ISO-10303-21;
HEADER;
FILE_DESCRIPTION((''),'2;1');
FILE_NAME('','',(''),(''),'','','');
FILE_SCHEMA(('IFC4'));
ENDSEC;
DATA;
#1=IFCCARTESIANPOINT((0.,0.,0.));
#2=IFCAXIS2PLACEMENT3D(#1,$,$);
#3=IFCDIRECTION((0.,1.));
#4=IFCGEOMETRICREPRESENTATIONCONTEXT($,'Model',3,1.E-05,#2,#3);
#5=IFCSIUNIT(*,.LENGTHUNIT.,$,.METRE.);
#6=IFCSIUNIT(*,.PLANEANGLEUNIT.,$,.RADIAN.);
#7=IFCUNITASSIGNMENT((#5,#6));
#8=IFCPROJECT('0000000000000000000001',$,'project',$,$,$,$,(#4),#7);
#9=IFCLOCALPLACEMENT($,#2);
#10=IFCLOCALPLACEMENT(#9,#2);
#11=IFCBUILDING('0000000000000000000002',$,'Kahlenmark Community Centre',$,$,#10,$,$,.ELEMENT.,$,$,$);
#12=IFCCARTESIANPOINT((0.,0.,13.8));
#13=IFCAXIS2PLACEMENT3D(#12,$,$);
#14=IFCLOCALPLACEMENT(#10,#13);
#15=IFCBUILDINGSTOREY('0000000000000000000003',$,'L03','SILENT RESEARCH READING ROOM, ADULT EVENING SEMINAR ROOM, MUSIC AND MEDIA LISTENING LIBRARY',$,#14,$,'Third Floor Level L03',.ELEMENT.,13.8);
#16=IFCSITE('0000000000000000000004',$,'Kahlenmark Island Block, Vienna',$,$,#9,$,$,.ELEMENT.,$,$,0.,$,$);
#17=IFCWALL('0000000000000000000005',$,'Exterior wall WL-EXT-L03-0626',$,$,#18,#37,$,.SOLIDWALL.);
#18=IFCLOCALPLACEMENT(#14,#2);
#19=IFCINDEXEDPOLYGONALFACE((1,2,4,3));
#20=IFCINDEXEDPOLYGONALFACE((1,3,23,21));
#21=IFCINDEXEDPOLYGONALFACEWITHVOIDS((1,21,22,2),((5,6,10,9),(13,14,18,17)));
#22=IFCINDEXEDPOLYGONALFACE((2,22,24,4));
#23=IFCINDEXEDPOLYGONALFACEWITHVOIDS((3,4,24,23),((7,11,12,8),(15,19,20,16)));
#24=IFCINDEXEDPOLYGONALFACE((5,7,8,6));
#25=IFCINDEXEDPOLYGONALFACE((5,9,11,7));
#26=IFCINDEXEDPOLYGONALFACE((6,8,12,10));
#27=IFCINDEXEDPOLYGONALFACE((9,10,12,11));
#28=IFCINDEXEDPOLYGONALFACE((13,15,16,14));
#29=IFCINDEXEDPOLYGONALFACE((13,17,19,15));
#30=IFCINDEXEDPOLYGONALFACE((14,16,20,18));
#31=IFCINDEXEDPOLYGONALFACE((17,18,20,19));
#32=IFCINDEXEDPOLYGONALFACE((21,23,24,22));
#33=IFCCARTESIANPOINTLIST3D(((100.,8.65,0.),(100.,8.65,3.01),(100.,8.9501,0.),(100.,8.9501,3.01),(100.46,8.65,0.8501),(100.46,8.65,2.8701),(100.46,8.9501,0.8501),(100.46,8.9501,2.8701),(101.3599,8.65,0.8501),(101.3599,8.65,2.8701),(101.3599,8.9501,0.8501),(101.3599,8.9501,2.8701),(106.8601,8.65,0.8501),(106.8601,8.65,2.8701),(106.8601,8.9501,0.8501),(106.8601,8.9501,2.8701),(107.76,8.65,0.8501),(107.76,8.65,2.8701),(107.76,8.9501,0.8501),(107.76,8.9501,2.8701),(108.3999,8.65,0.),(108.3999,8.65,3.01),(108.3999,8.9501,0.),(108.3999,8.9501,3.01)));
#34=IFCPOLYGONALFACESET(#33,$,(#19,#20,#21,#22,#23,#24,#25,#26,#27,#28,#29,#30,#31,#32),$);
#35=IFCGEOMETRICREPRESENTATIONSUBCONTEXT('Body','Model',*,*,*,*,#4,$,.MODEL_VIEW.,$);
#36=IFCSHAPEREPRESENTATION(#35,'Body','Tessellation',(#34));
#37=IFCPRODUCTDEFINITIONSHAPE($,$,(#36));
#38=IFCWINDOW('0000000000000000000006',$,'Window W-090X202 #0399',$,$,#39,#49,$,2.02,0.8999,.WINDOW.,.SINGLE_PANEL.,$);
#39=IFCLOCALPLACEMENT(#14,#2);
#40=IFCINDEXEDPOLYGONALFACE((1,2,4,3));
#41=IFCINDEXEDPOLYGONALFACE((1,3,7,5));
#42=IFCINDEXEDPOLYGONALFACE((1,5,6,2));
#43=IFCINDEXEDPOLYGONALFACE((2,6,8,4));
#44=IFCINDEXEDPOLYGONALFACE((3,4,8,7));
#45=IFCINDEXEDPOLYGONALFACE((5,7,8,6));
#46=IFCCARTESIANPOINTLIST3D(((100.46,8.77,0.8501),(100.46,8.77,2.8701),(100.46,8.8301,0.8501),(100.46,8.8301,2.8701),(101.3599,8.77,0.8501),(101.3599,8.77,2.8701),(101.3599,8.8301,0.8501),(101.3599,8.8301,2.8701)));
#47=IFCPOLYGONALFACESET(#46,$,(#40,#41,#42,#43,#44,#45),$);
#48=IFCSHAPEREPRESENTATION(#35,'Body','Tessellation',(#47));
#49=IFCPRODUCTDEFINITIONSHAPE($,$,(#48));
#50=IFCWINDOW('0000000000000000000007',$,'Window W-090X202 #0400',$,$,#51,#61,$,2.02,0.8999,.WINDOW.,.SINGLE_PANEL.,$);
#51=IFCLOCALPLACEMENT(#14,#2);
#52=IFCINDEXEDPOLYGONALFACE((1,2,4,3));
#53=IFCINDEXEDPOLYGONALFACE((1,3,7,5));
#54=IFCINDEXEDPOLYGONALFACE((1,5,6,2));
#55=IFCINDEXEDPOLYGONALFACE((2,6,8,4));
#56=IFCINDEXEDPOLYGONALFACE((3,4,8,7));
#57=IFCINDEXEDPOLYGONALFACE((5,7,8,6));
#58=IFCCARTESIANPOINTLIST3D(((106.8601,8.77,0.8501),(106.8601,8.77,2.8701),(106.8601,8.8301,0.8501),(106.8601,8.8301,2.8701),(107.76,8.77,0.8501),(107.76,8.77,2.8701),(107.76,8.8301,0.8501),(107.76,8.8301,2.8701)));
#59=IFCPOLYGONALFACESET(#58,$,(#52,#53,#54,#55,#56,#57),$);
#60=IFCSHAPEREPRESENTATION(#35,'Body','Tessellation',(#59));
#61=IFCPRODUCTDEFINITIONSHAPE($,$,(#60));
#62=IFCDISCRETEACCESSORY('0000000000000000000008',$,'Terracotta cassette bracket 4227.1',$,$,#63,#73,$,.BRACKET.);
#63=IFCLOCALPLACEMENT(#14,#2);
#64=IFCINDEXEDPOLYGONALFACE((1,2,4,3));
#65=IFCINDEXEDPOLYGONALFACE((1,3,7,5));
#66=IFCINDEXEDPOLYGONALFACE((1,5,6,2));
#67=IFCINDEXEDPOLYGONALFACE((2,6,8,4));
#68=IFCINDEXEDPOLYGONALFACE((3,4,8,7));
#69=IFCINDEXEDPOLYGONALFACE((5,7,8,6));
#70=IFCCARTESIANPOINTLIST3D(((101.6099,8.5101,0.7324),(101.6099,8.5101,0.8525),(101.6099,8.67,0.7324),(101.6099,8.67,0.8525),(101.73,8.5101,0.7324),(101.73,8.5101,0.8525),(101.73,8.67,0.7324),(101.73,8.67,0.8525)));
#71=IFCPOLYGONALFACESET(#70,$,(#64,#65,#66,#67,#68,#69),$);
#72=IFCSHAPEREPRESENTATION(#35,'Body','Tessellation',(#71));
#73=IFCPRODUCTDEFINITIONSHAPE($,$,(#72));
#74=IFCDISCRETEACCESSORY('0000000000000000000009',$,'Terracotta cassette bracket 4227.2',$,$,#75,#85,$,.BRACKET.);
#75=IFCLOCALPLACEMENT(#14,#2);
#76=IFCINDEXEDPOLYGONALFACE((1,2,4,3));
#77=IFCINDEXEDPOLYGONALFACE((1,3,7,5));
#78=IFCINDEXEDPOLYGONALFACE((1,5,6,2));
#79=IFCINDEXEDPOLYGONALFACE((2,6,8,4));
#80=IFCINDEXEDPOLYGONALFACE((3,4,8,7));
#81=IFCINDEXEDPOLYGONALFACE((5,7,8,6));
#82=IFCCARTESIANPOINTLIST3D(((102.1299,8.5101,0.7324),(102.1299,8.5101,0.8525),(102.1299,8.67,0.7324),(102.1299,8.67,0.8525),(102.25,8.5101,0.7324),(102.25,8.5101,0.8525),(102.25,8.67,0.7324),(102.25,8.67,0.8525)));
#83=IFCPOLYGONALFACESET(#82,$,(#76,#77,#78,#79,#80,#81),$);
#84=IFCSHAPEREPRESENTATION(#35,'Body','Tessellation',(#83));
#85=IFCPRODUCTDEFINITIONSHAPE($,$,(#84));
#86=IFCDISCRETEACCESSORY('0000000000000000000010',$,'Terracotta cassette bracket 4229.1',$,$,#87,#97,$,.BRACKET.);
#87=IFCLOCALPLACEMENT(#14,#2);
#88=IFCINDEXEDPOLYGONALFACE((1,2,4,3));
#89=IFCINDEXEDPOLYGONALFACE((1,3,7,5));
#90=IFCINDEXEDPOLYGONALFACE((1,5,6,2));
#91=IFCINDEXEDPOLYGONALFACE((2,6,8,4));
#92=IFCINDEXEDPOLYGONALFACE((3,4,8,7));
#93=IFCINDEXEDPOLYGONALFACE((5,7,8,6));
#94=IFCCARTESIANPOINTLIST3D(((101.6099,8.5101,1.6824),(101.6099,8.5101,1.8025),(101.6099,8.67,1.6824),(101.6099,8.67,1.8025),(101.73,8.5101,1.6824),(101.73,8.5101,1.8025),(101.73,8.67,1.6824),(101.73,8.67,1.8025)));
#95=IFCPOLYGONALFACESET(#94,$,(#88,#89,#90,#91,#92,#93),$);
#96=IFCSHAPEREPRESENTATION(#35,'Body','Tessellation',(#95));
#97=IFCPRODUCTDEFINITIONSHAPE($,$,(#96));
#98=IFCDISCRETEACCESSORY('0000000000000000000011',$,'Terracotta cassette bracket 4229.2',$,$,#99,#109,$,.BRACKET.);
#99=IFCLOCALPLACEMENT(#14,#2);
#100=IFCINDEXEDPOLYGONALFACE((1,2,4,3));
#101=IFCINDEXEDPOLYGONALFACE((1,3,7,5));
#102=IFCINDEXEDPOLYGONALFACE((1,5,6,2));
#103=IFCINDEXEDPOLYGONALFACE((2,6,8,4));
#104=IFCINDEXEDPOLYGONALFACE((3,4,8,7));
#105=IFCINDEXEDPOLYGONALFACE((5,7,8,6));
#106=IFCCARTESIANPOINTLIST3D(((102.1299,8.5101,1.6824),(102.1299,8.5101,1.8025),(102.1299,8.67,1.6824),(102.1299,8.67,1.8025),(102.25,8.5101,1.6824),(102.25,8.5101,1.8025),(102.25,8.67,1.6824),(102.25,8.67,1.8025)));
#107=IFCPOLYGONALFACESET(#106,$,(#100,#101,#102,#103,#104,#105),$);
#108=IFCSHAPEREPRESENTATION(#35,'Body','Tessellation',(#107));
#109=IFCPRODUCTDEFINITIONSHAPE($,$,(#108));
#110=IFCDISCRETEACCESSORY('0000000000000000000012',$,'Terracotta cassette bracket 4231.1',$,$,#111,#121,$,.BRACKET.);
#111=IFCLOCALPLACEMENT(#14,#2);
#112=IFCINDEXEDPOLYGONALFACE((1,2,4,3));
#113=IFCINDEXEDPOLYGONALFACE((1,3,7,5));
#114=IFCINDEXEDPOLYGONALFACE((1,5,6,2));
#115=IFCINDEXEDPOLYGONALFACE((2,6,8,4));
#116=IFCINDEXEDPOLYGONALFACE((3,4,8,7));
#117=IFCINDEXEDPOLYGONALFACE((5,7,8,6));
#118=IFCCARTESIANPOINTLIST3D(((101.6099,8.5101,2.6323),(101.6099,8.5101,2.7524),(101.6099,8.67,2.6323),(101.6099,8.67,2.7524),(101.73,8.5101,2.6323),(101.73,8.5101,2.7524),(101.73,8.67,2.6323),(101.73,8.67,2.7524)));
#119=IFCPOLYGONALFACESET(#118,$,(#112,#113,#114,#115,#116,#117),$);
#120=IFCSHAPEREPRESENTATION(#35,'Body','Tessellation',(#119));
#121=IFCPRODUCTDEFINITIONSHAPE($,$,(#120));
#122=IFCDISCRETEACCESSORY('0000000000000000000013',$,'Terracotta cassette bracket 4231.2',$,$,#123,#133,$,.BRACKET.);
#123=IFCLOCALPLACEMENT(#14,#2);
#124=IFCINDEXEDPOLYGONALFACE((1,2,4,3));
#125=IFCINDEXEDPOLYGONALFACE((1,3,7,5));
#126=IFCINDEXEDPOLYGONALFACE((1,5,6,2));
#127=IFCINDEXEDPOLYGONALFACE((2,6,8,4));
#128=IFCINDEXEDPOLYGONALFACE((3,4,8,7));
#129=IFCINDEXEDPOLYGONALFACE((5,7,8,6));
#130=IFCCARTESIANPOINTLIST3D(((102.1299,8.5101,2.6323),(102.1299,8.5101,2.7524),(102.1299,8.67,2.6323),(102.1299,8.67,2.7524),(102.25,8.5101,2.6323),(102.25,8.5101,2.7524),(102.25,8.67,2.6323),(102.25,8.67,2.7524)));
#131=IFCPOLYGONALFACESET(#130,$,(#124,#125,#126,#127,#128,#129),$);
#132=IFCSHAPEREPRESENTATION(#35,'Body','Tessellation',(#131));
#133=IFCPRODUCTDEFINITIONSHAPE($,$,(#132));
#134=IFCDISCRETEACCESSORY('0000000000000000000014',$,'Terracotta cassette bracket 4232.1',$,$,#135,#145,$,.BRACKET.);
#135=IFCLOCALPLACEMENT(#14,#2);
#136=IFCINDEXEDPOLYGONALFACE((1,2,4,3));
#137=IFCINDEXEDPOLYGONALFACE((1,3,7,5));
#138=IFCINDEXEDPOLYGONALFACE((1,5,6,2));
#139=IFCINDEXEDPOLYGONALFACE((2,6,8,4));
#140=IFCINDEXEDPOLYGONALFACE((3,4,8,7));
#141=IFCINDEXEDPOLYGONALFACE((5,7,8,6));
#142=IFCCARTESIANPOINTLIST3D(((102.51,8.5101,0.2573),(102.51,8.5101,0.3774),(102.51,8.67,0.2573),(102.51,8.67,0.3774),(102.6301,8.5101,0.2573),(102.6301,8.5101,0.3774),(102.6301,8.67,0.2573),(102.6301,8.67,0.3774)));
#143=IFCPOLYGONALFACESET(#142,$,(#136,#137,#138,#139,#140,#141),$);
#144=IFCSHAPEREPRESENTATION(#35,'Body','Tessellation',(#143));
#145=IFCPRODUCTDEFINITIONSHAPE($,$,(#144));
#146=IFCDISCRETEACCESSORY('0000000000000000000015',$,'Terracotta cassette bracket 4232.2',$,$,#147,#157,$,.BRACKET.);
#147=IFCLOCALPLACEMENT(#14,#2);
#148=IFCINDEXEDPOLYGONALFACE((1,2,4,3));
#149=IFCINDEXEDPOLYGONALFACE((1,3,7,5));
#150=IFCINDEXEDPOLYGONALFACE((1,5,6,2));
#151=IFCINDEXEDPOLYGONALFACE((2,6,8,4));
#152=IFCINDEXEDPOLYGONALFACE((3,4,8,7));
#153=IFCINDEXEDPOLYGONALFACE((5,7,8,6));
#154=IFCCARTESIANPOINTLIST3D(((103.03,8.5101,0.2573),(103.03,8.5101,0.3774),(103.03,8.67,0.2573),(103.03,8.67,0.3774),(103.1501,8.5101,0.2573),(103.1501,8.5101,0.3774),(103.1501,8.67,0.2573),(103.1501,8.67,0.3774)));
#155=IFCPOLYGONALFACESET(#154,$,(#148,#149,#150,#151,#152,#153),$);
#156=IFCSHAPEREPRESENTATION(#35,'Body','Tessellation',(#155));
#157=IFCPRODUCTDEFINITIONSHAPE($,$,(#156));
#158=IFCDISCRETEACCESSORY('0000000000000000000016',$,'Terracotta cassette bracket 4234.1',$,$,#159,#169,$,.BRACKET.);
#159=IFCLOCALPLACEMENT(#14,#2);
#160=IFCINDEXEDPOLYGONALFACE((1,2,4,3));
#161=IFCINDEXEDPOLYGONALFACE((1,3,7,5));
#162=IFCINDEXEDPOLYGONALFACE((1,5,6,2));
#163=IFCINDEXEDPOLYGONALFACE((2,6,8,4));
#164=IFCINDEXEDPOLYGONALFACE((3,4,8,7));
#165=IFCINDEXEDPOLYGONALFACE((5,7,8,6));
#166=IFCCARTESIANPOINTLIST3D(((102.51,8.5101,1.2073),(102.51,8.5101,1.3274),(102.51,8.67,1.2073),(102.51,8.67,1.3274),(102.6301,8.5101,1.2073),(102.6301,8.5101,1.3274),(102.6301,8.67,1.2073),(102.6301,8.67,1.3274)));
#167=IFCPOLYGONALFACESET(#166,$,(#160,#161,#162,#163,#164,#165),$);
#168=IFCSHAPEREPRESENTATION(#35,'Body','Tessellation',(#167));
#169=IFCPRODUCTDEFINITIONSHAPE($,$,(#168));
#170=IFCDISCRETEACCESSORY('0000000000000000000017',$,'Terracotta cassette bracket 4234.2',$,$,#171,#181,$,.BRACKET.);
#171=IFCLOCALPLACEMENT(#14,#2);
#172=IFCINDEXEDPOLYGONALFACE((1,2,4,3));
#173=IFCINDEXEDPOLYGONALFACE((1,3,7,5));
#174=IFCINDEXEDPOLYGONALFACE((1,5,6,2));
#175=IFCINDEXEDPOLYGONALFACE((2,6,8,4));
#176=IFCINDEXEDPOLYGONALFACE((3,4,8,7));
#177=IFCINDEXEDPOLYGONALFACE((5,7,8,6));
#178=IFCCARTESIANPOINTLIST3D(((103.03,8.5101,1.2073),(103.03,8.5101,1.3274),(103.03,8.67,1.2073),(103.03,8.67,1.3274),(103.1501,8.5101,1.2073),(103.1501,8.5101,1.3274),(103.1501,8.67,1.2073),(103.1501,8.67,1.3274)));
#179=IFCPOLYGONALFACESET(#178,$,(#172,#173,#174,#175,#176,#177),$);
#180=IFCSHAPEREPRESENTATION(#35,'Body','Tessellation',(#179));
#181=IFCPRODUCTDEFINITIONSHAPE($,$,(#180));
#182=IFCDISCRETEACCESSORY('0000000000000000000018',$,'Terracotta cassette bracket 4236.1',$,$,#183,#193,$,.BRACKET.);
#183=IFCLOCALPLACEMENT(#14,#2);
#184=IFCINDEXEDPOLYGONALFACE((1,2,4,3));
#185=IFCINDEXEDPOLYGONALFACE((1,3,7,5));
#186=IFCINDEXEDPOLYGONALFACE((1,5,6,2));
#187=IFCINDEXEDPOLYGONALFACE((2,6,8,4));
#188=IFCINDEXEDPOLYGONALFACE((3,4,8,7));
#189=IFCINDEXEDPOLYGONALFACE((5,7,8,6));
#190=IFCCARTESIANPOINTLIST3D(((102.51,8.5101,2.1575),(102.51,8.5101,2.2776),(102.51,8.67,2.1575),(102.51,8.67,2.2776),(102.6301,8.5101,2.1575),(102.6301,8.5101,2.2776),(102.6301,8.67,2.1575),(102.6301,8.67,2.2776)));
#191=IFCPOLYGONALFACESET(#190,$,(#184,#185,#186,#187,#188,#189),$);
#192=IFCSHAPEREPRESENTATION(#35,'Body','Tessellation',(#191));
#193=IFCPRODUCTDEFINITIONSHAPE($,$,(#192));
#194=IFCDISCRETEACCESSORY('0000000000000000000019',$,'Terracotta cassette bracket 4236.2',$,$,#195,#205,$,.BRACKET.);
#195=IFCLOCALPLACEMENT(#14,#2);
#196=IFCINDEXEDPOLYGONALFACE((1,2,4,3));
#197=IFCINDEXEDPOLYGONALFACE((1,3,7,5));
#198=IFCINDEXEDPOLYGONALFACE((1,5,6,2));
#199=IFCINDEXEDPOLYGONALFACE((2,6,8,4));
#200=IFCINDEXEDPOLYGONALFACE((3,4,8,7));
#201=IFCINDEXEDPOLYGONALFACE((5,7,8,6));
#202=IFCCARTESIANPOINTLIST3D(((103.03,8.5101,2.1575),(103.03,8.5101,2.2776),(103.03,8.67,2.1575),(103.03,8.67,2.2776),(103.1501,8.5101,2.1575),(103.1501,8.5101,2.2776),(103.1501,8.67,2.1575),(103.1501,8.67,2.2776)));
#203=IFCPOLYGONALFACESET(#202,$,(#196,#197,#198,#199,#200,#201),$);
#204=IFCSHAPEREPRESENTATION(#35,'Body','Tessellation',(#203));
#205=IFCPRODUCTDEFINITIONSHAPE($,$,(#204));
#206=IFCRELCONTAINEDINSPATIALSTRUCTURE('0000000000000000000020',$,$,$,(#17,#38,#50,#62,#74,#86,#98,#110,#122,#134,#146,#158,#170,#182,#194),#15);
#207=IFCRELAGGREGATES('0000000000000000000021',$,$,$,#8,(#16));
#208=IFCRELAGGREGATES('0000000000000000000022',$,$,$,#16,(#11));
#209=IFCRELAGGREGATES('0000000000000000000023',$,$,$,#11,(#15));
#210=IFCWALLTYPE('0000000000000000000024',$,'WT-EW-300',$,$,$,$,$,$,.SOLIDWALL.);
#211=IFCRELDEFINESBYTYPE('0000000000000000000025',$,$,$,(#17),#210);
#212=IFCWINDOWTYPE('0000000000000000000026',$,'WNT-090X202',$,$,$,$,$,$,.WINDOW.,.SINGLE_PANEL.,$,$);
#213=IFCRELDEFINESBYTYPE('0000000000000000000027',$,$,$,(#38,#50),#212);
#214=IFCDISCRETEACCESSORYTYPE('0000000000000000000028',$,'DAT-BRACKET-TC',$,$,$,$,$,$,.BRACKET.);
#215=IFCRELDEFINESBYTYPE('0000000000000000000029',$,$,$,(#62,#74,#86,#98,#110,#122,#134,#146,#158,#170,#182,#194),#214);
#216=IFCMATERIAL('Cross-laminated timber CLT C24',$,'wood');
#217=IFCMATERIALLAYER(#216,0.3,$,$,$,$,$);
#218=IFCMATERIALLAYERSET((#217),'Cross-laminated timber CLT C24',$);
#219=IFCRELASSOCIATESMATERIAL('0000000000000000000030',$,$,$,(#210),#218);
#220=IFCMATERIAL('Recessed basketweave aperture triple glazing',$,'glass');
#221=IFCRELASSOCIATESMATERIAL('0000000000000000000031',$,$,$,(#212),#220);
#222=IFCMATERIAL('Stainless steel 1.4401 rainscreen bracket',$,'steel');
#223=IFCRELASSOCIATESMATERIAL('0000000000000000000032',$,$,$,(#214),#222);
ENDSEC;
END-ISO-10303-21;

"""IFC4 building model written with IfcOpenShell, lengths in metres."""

from ifc_helpers import new_model, si_unit, direction, frame, frame_2d, origin, origin_2d, place, context, subcontext, project, spatial, rectangle, extrude, material, layer, layer_set, type_object, element, fill, save


model = new_model("IFC4")

# Units and contexts
model_context = context("Model", 3, precision=1e-05, world=origin(), true_north=direction((0.0, 1.0)))
body_context = subcontext(model_context, "Body", "Model", "MODEL_VIEW")
ifc_project = project(units=[si_unit("LENGTHUNIT", "METRE"), si_unit("PLANEANGLEUNIT", "RADIAN")], contexts=[model_context])

# Site, building, storey
site_placement = place(None, origin())
site = spatial("IfcSite", under=ifc_project, at=site_placement, Name="Kahlenmark Island Block, Vienna", CompositionType="ELEMENT", RefElevation=0.0)
building_placement = place(site_placement, origin())
building = spatial("IfcBuilding", under=site, at=building_placement, Name="Kahlenmark Community Centre", CompositionType="ELEMENT")
storey_placement = place(building_placement, frame((0.0, 0.0, 13.8)))
storey = spatial("IfcBuildingStorey", under=building, at=storey_placement, Name="L03", Description="SILENT RESEARCH READING ROOM, ADULT EVENING SEMINAR ROOM, MUSIC AND MEDIA LISTENING LIBRARY", LongName="Third Floor Level L03", CompositionType="ELEMENT", Elevation=13.8)

# Wall, openings, windows
ifc_material_1 = material(Name="Cross-laminated timber CLT C24", Category="wood")
ifc_layer_1 = layer(ifc_material_1, 0.3)
ifc_layer_set_1 = layer_set([ifc_layer_1], Name="Cross-laminated timber CLT C24")
wall_type_1 = type_object("IfcWallType", Name="WT-EW-300", PredefinedType="SOLIDWALL", material=ifc_layer_set_1)
wall_1_placement = place(storey_placement, frame((100.0, 8.8, 0.0), z_axis=(0.0, 0.0, 1.0), x_axis=(1.0, 0.0, 0.0)))
wall_1 = element("IfcWall", 1, at=wall_1_placement, inside=storey, type_object=wall_type_1, Name="Exterior wall WL-EXT-L03-0626", PredefinedType="SOLIDWALL", context=body_context, shape_type="SweptSolid", body=[
    extrude(rectangle(XDim=8.3999, YDim=0.3, at=frame_2d((4.2, 0.0))), origin(), (0.0, 0.0, 1.0), 3.01),
])
opening_1_placement = place(wall_1_placement, frame((0.46, 0.0, 0.8501)))
opening_1 = element("IfcOpeningElement", 2, at=opening_1_placement, cuts=wall_1, PredefinedType="OPENING", context=body_context, shape_type="SweptSolid", body=[
    extrude(rectangle(XDim=0.8999, YDim=2.02, at=frame_2d((0.45, 1.01))), frame((0.0, 0.1599, 0.0), z_axis=(0.0, -1.0, 0.0), x_axis=(1.0, 0.0, 0.0)), (0.0, 0.0, 1.0), 0.3201),
])
opening_2_placement = place(wall_1_placement, frame((6.8601, 0.0, 0.8501)))
opening_2 = element("IfcOpeningElement", 3, at=opening_2_placement, cuts=wall_1, PredefinedType="OPENING", context=body_context, shape_type="SweptSolid", body=[
    extrude(rectangle(XDim=0.8999, YDim=2.02, at=frame_2d((0.45, 1.01))), frame((0.0, 0.1599, 0.0), z_axis=(0.0, -1.0, 0.0), x_axis=(1.0, 0.0, 0.0)), (0.0, 0.0, 1.0), 0.3201),
])
ifc_material_2 = material(Name="Recessed basketweave aperture triple glazing", Category="glass")
window_type = type_object("IfcWindowType", Name="WNT-090X202", PartitioningType="SINGLE_PANEL", PredefinedType="WINDOW", material=ifc_material_2)
window_1_placement = place(opening_1_placement, origin())
window_1 = element("IfcWindow", 4, at=window_1_placement, inside=storey, type_object=window_type, Name="Window W-090X202 #0399", OverallHeight=2.02, OverallWidth=0.8999, PartitioningType="SINGLE_PANEL", PredefinedType="WINDOW", context=body_context, shape_type="SweptSolid", body=[
    extrude(rectangle(XDim=0.8999, YDim=2.02, at=frame_2d((0.45, 1.01))), frame((0.0, 0.03, 0.0), z_axis=(0.0, -1.0, 0.0), x_axis=(1.0, 0.0, 0.0)), (0.0, 0.0, 1.0), 0.0601),
])
fill(opening_1, window_1)
window_2_placement = place(opening_2_placement, origin())
window_2 = element("IfcWindow", 5, at=window_2_placement, inside=storey, type_object=window_type, Name="Window W-090X202 #0400", OverallHeight=2.02, OverallWidth=0.8999, PartitioningType="SINGLE_PANEL", PredefinedType="WINDOW", context=body_context, shape_type="SweptSolid", body=[
    extrude(rectangle(XDim=0.8999, YDim=2.02, at=frame_2d((0.45, 1.01))), frame((0.0, 0.03, 0.0), z_axis=(0.0, -1.0, 0.0), x_axis=(1.0, 0.0, 0.0)), (0.0, 0.0, 1.0), 0.0601),
])
fill(opening_2, window_2)

# Discrete accessories
ifc_material_3 = material(Name="Stainless steel 1.4401 rainscreen bracket", Category="steel")
discrete_accessory_type = type_object("IfcDiscreteAccessoryType", Name="DAT-BRACKET-TC", PredefinedType="BRACKET", material=ifc_material_3)
for number, where, z_axis, x_axis, name in (
    (6, (101.6699, 8.5901, 0.7324), (0.0, 0.0, 1.0), (1.0, 0.0, 0.0), "Terracotta cassette bracket 4227.1"),
    (7, (102.1899, 8.5901, 0.7324), (0.0, 0.0, 1.0), (1.0, 0.0, 0.0), "Terracotta cassette bracket 4227.2"),
    (8, (101.6699, 8.5901, 1.6824), (0.0, 0.0, 1.0), (1.0, 0.0, 0.0), "Terracotta cassette bracket 4229.1"),
    (9, (102.1899, 8.5901, 1.6824), (0.0, 0.0, 1.0), (1.0, 0.0, 0.0), "Terracotta cassette bracket 4229.2"),
    (10, (101.6699, 8.5901, 2.6323), (0.0, 0.0, 1.0), (1.0, 0.0, 0.0), "Terracotta cassette bracket 4231.1"),
    (11, (102.1899, 8.5901, 2.6323), (0.0, 0.0, 1.0), (1.0, 0.0, 0.0), "Terracotta cassette bracket 4231.2"),
    (12, (102.5701, 8.5901, 0.2573), (0.0, 0.0, 1.0), (1.0, 0.0, 0.0), "Terracotta cassette bracket 4232.1"),
    (13, (103.0901, 8.5901, 0.2573), (0.0, 0.0, 1.0), (1.0, 0.0, 0.0), "Terracotta cassette bracket 4232.2"),
    (14, (102.5701, 8.5901, 1.2073), (0.0, 0.0, 1.0), (1.0, 0.0, 0.0), "Terracotta cassette bracket 4234.1"),
    (15, (103.0901, 8.5901, 1.2073), (0.0, 0.0, 1.0), (1.0, 0.0, 0.0), "Terracotta cassette bracket 4234.2"),
    (16, (102.5701, 8.5901, 2.1575), (0.0, 0.0, 1.0), (1.0, 0.0, 0.0), "Terracotta cassette bracket 4236.1"),
    (17, (103.0901, 8.5901, 2.1575), (0.0, 0.0, 1.0), (1.0, 0.0, 0.0), "Terracotta cassette bracket 4236.2"),
):
    element("IfcDiscreteAccessory", number, at=place(storey_placement, frame(where, z_axis=z_axis, x_axis=x_axis)), inside=storey, type_object=discrete_accessory_type, Name=name, PredefinedType="BRACKET", context=body_context, shape_type="SweptSolid", body=[
        extrude(rectangle(XDim=0.1201, YDim=0.1599, at=origin_2d()), origin(), (0.0, 0.0, 1.0), 0.1201),
    ])

save(model, "model.ifc")
